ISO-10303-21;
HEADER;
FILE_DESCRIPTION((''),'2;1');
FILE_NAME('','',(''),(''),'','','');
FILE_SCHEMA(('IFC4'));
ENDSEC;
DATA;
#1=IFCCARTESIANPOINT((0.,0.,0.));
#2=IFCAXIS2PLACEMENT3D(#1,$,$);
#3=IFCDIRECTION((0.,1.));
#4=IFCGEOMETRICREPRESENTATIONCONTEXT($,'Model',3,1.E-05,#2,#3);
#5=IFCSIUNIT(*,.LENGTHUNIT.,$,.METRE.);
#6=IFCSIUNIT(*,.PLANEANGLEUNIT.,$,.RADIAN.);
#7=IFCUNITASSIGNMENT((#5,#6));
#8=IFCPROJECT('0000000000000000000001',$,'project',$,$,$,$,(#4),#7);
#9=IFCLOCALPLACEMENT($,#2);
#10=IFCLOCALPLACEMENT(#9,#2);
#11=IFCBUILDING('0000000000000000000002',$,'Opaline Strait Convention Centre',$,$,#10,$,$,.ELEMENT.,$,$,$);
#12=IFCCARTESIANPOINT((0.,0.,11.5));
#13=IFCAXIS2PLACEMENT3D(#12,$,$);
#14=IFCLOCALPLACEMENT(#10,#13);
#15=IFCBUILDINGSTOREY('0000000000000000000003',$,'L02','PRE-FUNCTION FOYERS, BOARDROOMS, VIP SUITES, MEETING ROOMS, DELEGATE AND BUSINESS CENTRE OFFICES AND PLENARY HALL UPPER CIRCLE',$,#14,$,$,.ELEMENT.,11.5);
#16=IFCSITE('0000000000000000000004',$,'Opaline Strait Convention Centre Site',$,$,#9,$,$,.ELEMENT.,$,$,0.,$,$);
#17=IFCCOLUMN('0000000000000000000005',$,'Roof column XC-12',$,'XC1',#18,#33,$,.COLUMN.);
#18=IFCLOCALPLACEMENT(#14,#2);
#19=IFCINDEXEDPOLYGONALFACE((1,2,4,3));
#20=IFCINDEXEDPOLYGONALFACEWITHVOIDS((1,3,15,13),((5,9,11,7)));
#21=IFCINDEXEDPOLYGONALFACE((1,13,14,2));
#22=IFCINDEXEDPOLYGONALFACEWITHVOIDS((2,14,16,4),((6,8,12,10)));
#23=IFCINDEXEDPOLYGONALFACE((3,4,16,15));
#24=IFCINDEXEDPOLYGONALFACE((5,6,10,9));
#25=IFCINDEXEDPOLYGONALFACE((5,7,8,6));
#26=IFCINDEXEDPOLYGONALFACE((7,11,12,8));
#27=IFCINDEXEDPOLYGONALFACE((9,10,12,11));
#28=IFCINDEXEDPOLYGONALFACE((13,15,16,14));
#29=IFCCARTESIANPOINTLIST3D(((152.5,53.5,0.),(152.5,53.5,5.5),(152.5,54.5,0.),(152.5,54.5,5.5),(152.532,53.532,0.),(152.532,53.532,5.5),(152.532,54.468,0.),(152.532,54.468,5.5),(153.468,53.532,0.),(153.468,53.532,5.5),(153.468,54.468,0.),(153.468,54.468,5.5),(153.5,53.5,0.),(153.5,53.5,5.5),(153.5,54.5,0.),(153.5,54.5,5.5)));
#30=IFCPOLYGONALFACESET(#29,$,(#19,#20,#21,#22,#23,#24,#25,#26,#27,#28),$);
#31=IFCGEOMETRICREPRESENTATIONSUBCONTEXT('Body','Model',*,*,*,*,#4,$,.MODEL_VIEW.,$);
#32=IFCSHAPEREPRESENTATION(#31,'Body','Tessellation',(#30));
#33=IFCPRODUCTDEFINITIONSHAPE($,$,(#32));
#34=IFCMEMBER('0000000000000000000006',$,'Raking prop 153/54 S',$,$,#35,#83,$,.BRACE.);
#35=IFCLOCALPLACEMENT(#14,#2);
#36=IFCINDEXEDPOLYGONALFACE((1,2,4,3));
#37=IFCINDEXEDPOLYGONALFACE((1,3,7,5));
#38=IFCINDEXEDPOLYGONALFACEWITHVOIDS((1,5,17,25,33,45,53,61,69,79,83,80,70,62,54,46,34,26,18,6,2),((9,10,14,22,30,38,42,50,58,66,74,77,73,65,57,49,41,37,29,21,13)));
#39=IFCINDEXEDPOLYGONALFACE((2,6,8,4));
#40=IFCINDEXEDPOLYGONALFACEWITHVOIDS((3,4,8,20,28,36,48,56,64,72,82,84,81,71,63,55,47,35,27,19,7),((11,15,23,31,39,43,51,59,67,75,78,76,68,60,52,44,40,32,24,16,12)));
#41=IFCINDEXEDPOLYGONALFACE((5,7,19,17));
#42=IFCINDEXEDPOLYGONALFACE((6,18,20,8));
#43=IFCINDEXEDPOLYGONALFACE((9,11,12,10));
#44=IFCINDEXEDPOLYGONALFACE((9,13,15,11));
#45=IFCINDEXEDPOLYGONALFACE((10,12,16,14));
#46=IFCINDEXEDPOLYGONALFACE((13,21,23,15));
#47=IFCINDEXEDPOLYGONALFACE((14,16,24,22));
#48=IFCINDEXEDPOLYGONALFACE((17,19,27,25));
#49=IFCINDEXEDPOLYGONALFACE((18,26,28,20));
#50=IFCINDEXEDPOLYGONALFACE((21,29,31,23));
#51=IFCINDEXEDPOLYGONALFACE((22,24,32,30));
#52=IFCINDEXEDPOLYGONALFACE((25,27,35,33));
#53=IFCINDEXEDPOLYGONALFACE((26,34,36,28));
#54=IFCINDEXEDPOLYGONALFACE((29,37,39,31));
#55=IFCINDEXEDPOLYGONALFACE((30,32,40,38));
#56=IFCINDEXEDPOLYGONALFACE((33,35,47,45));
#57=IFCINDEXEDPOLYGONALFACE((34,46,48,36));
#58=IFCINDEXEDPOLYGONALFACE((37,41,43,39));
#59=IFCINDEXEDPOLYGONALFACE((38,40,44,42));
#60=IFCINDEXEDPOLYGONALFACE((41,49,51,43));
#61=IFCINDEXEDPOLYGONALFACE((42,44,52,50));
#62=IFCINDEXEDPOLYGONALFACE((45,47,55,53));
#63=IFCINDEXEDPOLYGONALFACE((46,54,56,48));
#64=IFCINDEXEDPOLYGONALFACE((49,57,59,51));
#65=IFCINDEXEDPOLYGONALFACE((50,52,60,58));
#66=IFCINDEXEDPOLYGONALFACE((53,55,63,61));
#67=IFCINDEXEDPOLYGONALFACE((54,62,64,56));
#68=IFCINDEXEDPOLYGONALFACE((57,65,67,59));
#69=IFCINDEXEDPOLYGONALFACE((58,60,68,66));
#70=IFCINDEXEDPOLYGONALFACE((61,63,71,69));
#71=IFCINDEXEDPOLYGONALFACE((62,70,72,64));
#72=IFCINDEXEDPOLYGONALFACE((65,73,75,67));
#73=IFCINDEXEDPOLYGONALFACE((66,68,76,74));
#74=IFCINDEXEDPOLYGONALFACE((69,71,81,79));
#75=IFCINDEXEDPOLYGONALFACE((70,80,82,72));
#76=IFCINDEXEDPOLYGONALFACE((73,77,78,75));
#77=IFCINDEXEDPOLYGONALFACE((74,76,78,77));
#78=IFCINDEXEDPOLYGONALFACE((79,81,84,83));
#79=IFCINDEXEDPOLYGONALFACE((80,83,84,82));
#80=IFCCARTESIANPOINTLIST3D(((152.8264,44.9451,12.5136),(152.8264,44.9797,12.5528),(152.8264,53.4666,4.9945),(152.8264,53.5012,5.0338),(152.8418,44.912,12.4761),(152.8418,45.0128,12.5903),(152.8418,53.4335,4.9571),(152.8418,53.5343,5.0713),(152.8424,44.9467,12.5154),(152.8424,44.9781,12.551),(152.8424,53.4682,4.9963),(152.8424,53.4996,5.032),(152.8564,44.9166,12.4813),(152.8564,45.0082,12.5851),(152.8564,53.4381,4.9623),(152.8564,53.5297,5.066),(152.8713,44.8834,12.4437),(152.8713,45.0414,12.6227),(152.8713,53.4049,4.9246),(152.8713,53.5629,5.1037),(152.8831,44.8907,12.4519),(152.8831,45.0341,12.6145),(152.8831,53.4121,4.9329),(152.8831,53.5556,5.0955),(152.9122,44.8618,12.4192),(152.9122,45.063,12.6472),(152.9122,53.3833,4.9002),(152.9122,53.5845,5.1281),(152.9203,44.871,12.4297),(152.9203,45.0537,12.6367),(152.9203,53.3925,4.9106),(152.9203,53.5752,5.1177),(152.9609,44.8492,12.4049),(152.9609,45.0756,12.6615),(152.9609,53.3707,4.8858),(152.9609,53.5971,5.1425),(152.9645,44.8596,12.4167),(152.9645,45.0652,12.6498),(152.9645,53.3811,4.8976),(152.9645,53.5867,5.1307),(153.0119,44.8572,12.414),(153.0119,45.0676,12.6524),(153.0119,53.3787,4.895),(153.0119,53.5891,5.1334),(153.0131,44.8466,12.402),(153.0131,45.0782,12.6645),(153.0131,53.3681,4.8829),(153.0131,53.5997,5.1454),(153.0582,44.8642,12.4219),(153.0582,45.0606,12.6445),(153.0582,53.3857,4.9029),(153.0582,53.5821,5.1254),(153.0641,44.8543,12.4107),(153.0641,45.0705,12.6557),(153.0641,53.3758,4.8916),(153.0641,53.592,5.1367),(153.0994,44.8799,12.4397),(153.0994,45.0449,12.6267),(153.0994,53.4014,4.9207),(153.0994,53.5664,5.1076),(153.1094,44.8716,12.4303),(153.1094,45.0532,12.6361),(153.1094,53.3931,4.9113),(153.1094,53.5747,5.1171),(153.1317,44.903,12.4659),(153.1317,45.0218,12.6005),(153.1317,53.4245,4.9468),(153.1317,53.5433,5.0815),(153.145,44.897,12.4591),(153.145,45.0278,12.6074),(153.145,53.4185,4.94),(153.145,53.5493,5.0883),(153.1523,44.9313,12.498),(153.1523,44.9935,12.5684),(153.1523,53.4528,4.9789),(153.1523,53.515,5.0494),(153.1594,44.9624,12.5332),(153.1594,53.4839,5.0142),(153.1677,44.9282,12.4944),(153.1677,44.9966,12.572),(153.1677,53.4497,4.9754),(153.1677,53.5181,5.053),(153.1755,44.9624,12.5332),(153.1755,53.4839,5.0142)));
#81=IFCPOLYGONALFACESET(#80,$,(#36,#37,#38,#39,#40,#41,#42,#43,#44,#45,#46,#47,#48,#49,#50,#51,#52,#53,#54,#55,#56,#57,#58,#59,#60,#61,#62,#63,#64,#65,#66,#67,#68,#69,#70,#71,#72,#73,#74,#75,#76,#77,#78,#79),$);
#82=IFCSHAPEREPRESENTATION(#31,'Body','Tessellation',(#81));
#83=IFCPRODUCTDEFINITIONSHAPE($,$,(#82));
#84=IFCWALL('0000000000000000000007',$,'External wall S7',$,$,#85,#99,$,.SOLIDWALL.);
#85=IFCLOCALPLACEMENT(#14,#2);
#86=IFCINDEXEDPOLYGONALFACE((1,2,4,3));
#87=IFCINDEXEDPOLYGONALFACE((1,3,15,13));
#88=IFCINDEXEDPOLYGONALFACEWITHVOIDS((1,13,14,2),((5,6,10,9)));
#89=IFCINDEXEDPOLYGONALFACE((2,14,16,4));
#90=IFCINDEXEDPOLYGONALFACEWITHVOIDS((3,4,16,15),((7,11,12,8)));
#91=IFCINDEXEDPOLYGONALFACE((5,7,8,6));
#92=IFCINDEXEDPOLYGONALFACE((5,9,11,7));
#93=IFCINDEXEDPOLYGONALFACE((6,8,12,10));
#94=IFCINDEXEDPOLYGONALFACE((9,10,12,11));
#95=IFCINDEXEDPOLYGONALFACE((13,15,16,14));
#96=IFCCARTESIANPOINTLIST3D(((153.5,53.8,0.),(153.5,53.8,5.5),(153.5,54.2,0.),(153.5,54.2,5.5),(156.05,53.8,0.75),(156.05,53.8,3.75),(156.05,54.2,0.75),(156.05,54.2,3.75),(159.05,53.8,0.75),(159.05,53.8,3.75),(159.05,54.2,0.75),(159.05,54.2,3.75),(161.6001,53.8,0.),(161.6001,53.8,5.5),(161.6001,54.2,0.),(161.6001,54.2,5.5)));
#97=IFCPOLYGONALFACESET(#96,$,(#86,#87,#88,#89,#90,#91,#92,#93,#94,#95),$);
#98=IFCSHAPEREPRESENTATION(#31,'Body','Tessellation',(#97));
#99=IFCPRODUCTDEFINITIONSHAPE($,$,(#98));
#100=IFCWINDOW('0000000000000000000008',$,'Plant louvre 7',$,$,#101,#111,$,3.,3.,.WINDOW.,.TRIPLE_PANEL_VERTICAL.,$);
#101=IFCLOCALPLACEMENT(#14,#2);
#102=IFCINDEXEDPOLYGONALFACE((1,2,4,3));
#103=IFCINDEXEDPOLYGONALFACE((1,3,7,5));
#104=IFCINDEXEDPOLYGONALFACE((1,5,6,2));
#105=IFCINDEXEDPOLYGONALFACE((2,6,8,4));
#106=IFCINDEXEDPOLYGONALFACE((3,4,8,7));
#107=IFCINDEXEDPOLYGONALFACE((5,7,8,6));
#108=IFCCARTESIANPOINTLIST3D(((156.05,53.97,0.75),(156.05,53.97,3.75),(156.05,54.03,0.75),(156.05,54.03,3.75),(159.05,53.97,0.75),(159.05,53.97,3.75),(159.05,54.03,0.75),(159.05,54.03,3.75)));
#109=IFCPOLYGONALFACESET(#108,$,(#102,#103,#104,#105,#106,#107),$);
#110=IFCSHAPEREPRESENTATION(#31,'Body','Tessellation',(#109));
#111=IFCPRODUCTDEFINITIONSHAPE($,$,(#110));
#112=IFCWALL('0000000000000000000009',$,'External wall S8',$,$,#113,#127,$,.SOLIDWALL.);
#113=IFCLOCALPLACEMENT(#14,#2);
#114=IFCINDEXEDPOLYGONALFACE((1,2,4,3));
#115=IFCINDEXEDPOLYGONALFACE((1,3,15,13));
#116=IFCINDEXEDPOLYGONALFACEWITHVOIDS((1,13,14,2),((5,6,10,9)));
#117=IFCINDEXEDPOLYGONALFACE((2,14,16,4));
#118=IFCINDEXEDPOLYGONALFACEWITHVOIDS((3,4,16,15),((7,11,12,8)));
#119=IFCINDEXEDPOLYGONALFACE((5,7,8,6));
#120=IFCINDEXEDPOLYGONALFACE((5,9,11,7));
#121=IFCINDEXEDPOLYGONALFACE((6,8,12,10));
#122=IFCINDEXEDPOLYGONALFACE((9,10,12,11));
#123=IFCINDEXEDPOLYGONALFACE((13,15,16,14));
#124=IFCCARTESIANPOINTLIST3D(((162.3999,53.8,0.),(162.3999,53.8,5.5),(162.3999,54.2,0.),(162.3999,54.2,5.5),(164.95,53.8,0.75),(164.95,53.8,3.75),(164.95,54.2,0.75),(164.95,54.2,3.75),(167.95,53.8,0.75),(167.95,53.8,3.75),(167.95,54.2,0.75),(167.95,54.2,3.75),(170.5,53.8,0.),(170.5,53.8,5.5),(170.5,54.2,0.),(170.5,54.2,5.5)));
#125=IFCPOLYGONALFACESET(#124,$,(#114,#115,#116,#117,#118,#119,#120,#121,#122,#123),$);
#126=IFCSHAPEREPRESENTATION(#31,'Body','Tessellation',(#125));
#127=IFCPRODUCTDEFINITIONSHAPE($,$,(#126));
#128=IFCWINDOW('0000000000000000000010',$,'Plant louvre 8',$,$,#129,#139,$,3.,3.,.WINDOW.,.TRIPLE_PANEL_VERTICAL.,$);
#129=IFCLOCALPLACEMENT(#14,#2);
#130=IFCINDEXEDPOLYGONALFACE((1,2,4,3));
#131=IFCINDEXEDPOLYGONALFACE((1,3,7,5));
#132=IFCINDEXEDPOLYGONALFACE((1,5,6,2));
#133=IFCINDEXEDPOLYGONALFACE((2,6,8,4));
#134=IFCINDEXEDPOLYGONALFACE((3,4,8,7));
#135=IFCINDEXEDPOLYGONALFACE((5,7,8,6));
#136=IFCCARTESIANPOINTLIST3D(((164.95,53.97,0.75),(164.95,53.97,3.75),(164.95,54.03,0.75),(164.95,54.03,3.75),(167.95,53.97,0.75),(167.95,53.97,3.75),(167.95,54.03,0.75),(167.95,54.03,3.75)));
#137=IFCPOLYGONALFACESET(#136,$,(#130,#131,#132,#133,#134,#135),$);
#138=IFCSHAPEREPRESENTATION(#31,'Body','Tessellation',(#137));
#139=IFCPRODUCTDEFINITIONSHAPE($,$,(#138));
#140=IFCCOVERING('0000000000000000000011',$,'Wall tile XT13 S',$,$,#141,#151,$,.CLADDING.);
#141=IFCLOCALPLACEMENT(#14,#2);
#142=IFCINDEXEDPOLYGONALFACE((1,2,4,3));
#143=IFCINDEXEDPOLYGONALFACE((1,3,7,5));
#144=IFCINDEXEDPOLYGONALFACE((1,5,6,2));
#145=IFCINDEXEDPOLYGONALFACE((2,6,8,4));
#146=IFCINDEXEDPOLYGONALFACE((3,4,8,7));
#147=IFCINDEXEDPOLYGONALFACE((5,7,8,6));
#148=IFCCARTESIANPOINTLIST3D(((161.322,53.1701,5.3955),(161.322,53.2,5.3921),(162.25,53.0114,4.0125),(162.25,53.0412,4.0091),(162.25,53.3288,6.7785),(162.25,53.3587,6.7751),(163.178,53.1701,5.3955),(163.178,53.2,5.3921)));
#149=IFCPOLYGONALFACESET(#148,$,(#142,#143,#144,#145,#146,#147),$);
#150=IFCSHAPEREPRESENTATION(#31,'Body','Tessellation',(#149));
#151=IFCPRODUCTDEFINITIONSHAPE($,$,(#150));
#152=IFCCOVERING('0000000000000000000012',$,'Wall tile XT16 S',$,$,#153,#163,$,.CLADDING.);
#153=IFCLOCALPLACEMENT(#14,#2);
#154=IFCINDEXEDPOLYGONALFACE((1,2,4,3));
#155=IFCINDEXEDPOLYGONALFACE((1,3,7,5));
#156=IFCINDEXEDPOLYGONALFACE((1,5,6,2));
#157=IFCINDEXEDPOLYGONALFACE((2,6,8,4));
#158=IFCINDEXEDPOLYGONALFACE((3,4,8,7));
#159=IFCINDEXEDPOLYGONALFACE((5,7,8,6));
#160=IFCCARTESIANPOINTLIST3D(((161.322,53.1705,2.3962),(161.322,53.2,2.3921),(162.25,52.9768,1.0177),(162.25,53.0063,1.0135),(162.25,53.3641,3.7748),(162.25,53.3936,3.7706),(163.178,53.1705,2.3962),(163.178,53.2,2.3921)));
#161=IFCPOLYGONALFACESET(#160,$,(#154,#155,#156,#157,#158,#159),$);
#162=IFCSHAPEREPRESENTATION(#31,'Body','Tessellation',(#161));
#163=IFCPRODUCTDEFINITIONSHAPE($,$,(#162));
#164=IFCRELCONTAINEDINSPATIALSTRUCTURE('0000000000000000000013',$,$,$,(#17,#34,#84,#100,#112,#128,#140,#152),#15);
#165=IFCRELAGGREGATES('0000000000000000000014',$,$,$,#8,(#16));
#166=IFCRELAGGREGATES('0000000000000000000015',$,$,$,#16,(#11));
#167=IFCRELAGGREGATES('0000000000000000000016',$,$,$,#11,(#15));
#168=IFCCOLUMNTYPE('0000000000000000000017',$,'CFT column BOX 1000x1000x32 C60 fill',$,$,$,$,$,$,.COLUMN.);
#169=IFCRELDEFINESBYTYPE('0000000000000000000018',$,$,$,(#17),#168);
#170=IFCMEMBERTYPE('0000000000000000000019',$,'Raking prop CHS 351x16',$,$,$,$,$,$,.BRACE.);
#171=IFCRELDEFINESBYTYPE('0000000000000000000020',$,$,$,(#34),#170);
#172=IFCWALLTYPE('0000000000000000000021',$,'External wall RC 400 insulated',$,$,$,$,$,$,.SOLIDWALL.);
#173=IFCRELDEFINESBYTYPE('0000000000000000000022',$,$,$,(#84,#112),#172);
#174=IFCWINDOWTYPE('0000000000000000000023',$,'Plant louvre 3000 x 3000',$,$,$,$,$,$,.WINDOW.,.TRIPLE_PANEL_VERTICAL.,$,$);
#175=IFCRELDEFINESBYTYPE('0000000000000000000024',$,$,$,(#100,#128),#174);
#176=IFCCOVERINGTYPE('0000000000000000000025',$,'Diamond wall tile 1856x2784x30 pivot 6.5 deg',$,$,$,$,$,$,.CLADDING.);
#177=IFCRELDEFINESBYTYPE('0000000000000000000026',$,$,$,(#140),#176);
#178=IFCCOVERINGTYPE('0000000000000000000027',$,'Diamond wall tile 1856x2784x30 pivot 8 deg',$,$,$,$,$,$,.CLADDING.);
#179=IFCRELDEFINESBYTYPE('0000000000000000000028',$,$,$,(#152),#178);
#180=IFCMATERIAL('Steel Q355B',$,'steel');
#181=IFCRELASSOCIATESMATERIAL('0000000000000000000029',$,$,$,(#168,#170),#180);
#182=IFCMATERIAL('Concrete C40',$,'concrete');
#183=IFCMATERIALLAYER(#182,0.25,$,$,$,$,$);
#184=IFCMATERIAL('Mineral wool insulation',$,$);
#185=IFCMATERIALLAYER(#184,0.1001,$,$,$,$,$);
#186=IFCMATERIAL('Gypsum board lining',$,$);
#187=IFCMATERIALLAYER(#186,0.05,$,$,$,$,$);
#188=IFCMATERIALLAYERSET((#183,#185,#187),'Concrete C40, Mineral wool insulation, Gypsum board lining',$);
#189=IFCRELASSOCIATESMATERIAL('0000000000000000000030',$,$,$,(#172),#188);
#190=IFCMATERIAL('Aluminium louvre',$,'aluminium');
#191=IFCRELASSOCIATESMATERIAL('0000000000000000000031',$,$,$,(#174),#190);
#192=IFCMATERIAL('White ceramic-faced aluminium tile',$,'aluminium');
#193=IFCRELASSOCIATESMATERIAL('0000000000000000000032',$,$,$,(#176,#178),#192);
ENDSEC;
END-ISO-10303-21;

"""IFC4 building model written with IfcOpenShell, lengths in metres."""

from ifc_helpers import new_model, si_unit, direction, frame, frame_2d, origin, origin_2d, place, context, subcontext, project, spatial, polyline, rectangle, hollow_rectangle, hollow_circle, outline, extrude, material, layer, layer_set, material_profile, profile_set, type_object, element, fill, save


model = new_model("IFC4")

# Units and contexts
model_context = context("Model", 3, precision=1e-05, world=origin(), true_north=direction((0.0, 1.0)))
body_context = subcontext(model_context, "Body", "Model", "MODEL_VIEW")
ifc_project = project(units=[si_unit("LENGTHUNIT", "METRE"), si_unit("PLANEANGLEUNIT", "RADIAN")], contexts=[model_context])

# Site, building, storey
site_placement = place(None, origin())
site = spatial("IfcSite", under=ifc_project, at=site_placement, Name="Opaline Strait Convention Centre Site", CompositionType="ELEMENT", RefElevation=0.0)
building_placement = place(site_placement, origin())
building = spatial("IfcBuilding", under=site, at=building_placement, Name="Opaline Strait Convention Centre", CompositionType="ELEMENT")
storey_placement = place(building_placement, frame((0.0, 0.0, 11.5)))
storey = spatial("IfcBuildingStorey", under=building, at=storey_placement, Name="L02", Description="PRE-FUNCTION FOYERS, BOARDROOMS, VIP SUITES, MEETING ROOMS, DELEGATE AND BUSINESS CENTRE OFFICES AND PLENARY HALL UPPER CIRCLE", CompositionType="ELEMENT", Elevation=11.5)

# Column
ifc_material_1 = material(Name="Steel Q355B", Category="steel")
ifc_material_profile_1 = material_profile(ifc_material_1, hollow_rectangle(XDim=1.0, YDim=1.0, WallThickness=0.032, at=origin_2d()), Name="BOX 1000x1000x32")
ifc_profile_set_1 = profile_set([ifc_material_profile_1], Name="Steel Q355B")
column_type = type_object("IfcColumnType", Name="CFT column BOX 1000x1000x32 C60 fill", PredefinedType="COLUMN", material=ifc_profile_set_1)
column_placement = place(storey_placement, frame((153.0, 54.0, 0.0), z_axis=(0.0, 0.0, 1.0), x_axis=(1.0, 0.0, 0.0)))
element("IfcColumn", 1, at=column_placement, inside=storey, type_object=column_type, Name="Roof column XC-12", ObjectType="XC1", PredefinedType="COLUMN", context=body_context, shape_type="SweptSolid", body=[
    extrude(hollow_rectangle(XDim=1.0, YDim=1.0, WallThickness=0.032, at=origin_2d()), origin(), (0.0, 0.0, 1.0), 5.5),
])

# Member
ifc_material_profile_2 = material_profile(ifc_material_1, hollow_circle(Radius=0.1755, WallThickness=0.0161, at=origin_2d()), Name="CHS 351x16")
ifc_profile_set_2 = profile_set([ifc_material_profile_2], Name="Steel Q355B")
member_type = type_object("IfcMemberType", Name="Raking prop CHS 351x16", PredefinedType="BRACE", material=ifc_profile_set_2)
member_placement = place(storey_placement, frame((153.0, 53.4839, 5.0142), z_axis=(0.0, -0.749834, 0.661626), x_axis=(1.0, 0.0, 0.0)))
element("IfcMember", 2, at=member_placement, inside=storey, type_object=member_type, Name="Raking prop 153/54 S", PredefinedType="BRACE", context=body_context, shape_type="SweptSolid", body=[
    extrude(hollow_circle(Radius=0.1755, WallThickness=0.0161, at=origin_2d()), origin(), (0.0, 0.0, 1.0), 11.3645),
])

# Walls, openings, windows
ifc_material_2 = material(Name="Concrete C40", Category="concrete")
ifc_layer_1 = layer(ifc_material_2, 0.25)
ifc_material_3 = material(Name="Mineral wool insulation")
ifc_layer_2 = layer(ifc_material_3, 0.1001)
ifc_material_4 = material(Name="Gypsum board lining")
ifc_layer_3 = layer(ifc_material_4, 0.05)
ifc_layer_set = layer_set([ifc_layer_1, ifc_layer_2, ifc_layer_3], Name="Concrete C40, Mineral wool insulation, Gypsum board lining")
wall_type = type_object("IfcWallType", Name="External wall RC 400 insulated", PredefinedType="SOLIDWALL", material=ifc_layer_set)
wall_1_placement = place(storey_placement, frame((153.5, 54.0, 0.0), z_axis=(0.0, 0.0, 1.0), x_axis=(1.0, 0.0, 0.0)))
wall_1 = element("IfcWall", 3, at=wall_1_placement, inside=storey, type_object=wall_type, Name="External wall S7", PredefinedType="SOLIDWALL", context=body_context, shape_type="SweptSolid", body=[
    extrude(rectangle(XDim=8.1001, YDim=0.3999, at=frame_2d((4.05, 0.0))), origin(), (0.0, 0.0, 1.0), 5.5),
])
opening_1_placement = place(wall_1_placement, frame((2.55, 0.0, 0.75)))
opening_1 = element("IfcOpeningElement", 4, at=opening_1_placement, cuts=wall_1, PredefinedType="OPENING", context=body_context, shape_type="SweptSolid", body=[
    extrude(rectangle(XDim=3.0, YDim=3.0, at=frame_2d((1.5, 1.5))), frame((0.0, 0.21, 0.0), z_axis=(0.0, -1.0, 0.0), x_axis=(1.0, 0.0, 0.0)), (0.0, 0.0, 1.0), 0.4199),
])
ifc_material_5 = material(Name="Aluminium louvre", Category="aluminium")
window_type = type_object("IfcWindowType", Name="Plant louvre 3000 x 3000", PartitioningType="TRIPLE_PANEL_VERTICAL", PredefinedType="WINDOW", material=ifc_material_5)
window_1_placement = place(opening_1_placement, origin())
window_1 = element("IfcWindow", 5, at=window_1_placement, inside=storey, type_object=window_type, Name="Plant louvre 7", OverallHeight=3.0, OverallWidth=3.0, PartitioningType="TRIPLE_PANEL_VERTICAL", PredefinedType="WINDOW", context=body_context, shape_type="SweptSolid", body=[
    extrude(rectangle(XDim=3.0, YDim=3.0, at=frame_2d((1.5, 1.5))), frame((0.0, 0.03, 0.0), z_axis=(0.0, -1.0, 0.0), x_axis=(1.0, 0.0, 0.0)), (0.0, 0.0, 1.0), 0.0601),
])
fill(opening_1, window_1)
wall_2_placement = place(storey_placement, frame((162.3999, 54.0, 0.0), z_axis=(0.0, 0.0, 1.0), x_axis=(1.0, 0.0, 0.0)))
wall_2 = element("IfcWall", 6, at=wall_2_placement, inside=storey, type_object=wall_type, Name="External wall S8", PredefinedType="SOLIDWALL", context=body_context, shape_type="SweptSolid", body=[
    extrude(rectangle(XDim=8.1001, YDim=0.3999, at=frame_2d((4.05, 0.0))), origin(), (0.0, 0.0, 1.0), 5.5),
])
opening_2_placement = place(wall_2_placement, frame((2.55, 0.0, 0.75)))
opening_2 = element("IfcOpeningElement", 7, at=opening_2_placement, cuts=wall_2, PredefinedType="OPENING", context=body_context, shape_type="SweptSolid", body=[
    extrude(rectangle(XDim=3.0, YDim=3.0, at=frame_2d((1.5, 1.5))), frame((0.0, 0.21, 0.0), z_axis=(0.0, -1.0, 0.0), x_axis=(1.0, 0.0, 0.0)), (0.0, 0.0, 1.0), 0.4199),
])
window_2_placement = place(opening_2_placement, origin())
window_2 = element("IfcWindow", 8, at=window_2_placement, inside=storey, type_object=window_type, Name="Plant louvre 8", OverallHeight=3.0, OverallWidth=3.0, PartitioningType="TRIPLE_PANEL_VERTICAL", PredefinedType="WINDOW", context=body_context, shape_type="SweptSolid", body=[
    extrude(rectangle(XDim=3.0, YDim=3.0, at=frame_2d((1.5, 1.5))), frame((0.0, 0.03, 0.0), z_axis=(0.0, -1.0, 0.0), x_axis=(1.0, 0.0, 0.0)), (0.0, 0.0, 1.0), 0.0601),
])
fill(opening_2, window_2)

# Coverings
ifc_material_6 = material(Name="White ceramic-faced aluminium tile", Category="aluminium")
ifc_material_profile_3 = material_profile(ifc_material_6, outline(polyline([(0.928, 0.0), (0.0, 1.3921), (-0.928, 0.0), (0.0, -1.3921), (0.928, 0.0)])), Name="Diamond tile 1856x2784")
ifc_profile_set_3 = profile_set([ifc_material_profile_3], Name="White ceramic-faced aluminium tile")
covering_type_1 = type_object("IfcCoveringType", Name="Diamond wall tile 1856x2784x30 pivot 6.5 deg", PredefinedType="CLADDING", material=ifc_profile_set_3)
covering_1_placement = place(storey_placement, frame((162.25, 53.2, 5.3921), z_axis=(0.0, -0.99348, 0.114006), x_axis=(1.0, 0.0, 0.0)))
element("IfcCovering", 9, at=covering_1_placement, inside=storey, type_object=covering_type_1, Name="Wall tile XT13 S", PredefinedType="CLADDING", context=body_context, shape_type="SweptSolid", body=[
    extrude(outline(polyline([(0.928, 0.0), (0.0, 1.3921), (-0.928, 0.0), (0.0, -1.3921), (0.928, 0.0)])), origin(), (0.0, 0.0, 1.0), 0.03),
])
ifc_material_profile_4 = material_profile(ifc_material_6, outline(polyline([(0.928, 0.0), (0.0, 1.3921), (-0.928, 0.0), (0.0, -1.3921), (0.928, 0.0)])), Name="Diamond tile 1856x2784")
ifc_profile_set_4 = profile_set([ifc_material_profile_4], Name="White ceramic-faced aluminium tile")
covering_type_2 = type_object("IfcCoveringType", Name="Diamond wall tile 1856x2784x30 pivot 8 deg", PredefinedType="CLADDING", material=ifc_profile_set_4)
covering_2_placement = place(storey_placement, frame((162.25, 53.2, 2.3921), z_axis=(0.0, -0.990274, 0.139129), x_axis=(1.0, 0.0, 0.0)))
element("IfcCovering", 10, at=covering_2_placement, inside=storey, type_object=covering_type_2, Name="Wall tile XT16 S", PredefinedType="CLADDING", context=body_context, shape_type="SweptSolid", body=[
    extrude(outline(polyline([(0.928, 0.0), (0.0, 1.3921), (-0.928, 0.0), (0.0, -1.3921), (0.928, 0.0)])), origin(), (0.0, 0.0, 1.0), 0.0298),
])

save(model, "model.ifc")
